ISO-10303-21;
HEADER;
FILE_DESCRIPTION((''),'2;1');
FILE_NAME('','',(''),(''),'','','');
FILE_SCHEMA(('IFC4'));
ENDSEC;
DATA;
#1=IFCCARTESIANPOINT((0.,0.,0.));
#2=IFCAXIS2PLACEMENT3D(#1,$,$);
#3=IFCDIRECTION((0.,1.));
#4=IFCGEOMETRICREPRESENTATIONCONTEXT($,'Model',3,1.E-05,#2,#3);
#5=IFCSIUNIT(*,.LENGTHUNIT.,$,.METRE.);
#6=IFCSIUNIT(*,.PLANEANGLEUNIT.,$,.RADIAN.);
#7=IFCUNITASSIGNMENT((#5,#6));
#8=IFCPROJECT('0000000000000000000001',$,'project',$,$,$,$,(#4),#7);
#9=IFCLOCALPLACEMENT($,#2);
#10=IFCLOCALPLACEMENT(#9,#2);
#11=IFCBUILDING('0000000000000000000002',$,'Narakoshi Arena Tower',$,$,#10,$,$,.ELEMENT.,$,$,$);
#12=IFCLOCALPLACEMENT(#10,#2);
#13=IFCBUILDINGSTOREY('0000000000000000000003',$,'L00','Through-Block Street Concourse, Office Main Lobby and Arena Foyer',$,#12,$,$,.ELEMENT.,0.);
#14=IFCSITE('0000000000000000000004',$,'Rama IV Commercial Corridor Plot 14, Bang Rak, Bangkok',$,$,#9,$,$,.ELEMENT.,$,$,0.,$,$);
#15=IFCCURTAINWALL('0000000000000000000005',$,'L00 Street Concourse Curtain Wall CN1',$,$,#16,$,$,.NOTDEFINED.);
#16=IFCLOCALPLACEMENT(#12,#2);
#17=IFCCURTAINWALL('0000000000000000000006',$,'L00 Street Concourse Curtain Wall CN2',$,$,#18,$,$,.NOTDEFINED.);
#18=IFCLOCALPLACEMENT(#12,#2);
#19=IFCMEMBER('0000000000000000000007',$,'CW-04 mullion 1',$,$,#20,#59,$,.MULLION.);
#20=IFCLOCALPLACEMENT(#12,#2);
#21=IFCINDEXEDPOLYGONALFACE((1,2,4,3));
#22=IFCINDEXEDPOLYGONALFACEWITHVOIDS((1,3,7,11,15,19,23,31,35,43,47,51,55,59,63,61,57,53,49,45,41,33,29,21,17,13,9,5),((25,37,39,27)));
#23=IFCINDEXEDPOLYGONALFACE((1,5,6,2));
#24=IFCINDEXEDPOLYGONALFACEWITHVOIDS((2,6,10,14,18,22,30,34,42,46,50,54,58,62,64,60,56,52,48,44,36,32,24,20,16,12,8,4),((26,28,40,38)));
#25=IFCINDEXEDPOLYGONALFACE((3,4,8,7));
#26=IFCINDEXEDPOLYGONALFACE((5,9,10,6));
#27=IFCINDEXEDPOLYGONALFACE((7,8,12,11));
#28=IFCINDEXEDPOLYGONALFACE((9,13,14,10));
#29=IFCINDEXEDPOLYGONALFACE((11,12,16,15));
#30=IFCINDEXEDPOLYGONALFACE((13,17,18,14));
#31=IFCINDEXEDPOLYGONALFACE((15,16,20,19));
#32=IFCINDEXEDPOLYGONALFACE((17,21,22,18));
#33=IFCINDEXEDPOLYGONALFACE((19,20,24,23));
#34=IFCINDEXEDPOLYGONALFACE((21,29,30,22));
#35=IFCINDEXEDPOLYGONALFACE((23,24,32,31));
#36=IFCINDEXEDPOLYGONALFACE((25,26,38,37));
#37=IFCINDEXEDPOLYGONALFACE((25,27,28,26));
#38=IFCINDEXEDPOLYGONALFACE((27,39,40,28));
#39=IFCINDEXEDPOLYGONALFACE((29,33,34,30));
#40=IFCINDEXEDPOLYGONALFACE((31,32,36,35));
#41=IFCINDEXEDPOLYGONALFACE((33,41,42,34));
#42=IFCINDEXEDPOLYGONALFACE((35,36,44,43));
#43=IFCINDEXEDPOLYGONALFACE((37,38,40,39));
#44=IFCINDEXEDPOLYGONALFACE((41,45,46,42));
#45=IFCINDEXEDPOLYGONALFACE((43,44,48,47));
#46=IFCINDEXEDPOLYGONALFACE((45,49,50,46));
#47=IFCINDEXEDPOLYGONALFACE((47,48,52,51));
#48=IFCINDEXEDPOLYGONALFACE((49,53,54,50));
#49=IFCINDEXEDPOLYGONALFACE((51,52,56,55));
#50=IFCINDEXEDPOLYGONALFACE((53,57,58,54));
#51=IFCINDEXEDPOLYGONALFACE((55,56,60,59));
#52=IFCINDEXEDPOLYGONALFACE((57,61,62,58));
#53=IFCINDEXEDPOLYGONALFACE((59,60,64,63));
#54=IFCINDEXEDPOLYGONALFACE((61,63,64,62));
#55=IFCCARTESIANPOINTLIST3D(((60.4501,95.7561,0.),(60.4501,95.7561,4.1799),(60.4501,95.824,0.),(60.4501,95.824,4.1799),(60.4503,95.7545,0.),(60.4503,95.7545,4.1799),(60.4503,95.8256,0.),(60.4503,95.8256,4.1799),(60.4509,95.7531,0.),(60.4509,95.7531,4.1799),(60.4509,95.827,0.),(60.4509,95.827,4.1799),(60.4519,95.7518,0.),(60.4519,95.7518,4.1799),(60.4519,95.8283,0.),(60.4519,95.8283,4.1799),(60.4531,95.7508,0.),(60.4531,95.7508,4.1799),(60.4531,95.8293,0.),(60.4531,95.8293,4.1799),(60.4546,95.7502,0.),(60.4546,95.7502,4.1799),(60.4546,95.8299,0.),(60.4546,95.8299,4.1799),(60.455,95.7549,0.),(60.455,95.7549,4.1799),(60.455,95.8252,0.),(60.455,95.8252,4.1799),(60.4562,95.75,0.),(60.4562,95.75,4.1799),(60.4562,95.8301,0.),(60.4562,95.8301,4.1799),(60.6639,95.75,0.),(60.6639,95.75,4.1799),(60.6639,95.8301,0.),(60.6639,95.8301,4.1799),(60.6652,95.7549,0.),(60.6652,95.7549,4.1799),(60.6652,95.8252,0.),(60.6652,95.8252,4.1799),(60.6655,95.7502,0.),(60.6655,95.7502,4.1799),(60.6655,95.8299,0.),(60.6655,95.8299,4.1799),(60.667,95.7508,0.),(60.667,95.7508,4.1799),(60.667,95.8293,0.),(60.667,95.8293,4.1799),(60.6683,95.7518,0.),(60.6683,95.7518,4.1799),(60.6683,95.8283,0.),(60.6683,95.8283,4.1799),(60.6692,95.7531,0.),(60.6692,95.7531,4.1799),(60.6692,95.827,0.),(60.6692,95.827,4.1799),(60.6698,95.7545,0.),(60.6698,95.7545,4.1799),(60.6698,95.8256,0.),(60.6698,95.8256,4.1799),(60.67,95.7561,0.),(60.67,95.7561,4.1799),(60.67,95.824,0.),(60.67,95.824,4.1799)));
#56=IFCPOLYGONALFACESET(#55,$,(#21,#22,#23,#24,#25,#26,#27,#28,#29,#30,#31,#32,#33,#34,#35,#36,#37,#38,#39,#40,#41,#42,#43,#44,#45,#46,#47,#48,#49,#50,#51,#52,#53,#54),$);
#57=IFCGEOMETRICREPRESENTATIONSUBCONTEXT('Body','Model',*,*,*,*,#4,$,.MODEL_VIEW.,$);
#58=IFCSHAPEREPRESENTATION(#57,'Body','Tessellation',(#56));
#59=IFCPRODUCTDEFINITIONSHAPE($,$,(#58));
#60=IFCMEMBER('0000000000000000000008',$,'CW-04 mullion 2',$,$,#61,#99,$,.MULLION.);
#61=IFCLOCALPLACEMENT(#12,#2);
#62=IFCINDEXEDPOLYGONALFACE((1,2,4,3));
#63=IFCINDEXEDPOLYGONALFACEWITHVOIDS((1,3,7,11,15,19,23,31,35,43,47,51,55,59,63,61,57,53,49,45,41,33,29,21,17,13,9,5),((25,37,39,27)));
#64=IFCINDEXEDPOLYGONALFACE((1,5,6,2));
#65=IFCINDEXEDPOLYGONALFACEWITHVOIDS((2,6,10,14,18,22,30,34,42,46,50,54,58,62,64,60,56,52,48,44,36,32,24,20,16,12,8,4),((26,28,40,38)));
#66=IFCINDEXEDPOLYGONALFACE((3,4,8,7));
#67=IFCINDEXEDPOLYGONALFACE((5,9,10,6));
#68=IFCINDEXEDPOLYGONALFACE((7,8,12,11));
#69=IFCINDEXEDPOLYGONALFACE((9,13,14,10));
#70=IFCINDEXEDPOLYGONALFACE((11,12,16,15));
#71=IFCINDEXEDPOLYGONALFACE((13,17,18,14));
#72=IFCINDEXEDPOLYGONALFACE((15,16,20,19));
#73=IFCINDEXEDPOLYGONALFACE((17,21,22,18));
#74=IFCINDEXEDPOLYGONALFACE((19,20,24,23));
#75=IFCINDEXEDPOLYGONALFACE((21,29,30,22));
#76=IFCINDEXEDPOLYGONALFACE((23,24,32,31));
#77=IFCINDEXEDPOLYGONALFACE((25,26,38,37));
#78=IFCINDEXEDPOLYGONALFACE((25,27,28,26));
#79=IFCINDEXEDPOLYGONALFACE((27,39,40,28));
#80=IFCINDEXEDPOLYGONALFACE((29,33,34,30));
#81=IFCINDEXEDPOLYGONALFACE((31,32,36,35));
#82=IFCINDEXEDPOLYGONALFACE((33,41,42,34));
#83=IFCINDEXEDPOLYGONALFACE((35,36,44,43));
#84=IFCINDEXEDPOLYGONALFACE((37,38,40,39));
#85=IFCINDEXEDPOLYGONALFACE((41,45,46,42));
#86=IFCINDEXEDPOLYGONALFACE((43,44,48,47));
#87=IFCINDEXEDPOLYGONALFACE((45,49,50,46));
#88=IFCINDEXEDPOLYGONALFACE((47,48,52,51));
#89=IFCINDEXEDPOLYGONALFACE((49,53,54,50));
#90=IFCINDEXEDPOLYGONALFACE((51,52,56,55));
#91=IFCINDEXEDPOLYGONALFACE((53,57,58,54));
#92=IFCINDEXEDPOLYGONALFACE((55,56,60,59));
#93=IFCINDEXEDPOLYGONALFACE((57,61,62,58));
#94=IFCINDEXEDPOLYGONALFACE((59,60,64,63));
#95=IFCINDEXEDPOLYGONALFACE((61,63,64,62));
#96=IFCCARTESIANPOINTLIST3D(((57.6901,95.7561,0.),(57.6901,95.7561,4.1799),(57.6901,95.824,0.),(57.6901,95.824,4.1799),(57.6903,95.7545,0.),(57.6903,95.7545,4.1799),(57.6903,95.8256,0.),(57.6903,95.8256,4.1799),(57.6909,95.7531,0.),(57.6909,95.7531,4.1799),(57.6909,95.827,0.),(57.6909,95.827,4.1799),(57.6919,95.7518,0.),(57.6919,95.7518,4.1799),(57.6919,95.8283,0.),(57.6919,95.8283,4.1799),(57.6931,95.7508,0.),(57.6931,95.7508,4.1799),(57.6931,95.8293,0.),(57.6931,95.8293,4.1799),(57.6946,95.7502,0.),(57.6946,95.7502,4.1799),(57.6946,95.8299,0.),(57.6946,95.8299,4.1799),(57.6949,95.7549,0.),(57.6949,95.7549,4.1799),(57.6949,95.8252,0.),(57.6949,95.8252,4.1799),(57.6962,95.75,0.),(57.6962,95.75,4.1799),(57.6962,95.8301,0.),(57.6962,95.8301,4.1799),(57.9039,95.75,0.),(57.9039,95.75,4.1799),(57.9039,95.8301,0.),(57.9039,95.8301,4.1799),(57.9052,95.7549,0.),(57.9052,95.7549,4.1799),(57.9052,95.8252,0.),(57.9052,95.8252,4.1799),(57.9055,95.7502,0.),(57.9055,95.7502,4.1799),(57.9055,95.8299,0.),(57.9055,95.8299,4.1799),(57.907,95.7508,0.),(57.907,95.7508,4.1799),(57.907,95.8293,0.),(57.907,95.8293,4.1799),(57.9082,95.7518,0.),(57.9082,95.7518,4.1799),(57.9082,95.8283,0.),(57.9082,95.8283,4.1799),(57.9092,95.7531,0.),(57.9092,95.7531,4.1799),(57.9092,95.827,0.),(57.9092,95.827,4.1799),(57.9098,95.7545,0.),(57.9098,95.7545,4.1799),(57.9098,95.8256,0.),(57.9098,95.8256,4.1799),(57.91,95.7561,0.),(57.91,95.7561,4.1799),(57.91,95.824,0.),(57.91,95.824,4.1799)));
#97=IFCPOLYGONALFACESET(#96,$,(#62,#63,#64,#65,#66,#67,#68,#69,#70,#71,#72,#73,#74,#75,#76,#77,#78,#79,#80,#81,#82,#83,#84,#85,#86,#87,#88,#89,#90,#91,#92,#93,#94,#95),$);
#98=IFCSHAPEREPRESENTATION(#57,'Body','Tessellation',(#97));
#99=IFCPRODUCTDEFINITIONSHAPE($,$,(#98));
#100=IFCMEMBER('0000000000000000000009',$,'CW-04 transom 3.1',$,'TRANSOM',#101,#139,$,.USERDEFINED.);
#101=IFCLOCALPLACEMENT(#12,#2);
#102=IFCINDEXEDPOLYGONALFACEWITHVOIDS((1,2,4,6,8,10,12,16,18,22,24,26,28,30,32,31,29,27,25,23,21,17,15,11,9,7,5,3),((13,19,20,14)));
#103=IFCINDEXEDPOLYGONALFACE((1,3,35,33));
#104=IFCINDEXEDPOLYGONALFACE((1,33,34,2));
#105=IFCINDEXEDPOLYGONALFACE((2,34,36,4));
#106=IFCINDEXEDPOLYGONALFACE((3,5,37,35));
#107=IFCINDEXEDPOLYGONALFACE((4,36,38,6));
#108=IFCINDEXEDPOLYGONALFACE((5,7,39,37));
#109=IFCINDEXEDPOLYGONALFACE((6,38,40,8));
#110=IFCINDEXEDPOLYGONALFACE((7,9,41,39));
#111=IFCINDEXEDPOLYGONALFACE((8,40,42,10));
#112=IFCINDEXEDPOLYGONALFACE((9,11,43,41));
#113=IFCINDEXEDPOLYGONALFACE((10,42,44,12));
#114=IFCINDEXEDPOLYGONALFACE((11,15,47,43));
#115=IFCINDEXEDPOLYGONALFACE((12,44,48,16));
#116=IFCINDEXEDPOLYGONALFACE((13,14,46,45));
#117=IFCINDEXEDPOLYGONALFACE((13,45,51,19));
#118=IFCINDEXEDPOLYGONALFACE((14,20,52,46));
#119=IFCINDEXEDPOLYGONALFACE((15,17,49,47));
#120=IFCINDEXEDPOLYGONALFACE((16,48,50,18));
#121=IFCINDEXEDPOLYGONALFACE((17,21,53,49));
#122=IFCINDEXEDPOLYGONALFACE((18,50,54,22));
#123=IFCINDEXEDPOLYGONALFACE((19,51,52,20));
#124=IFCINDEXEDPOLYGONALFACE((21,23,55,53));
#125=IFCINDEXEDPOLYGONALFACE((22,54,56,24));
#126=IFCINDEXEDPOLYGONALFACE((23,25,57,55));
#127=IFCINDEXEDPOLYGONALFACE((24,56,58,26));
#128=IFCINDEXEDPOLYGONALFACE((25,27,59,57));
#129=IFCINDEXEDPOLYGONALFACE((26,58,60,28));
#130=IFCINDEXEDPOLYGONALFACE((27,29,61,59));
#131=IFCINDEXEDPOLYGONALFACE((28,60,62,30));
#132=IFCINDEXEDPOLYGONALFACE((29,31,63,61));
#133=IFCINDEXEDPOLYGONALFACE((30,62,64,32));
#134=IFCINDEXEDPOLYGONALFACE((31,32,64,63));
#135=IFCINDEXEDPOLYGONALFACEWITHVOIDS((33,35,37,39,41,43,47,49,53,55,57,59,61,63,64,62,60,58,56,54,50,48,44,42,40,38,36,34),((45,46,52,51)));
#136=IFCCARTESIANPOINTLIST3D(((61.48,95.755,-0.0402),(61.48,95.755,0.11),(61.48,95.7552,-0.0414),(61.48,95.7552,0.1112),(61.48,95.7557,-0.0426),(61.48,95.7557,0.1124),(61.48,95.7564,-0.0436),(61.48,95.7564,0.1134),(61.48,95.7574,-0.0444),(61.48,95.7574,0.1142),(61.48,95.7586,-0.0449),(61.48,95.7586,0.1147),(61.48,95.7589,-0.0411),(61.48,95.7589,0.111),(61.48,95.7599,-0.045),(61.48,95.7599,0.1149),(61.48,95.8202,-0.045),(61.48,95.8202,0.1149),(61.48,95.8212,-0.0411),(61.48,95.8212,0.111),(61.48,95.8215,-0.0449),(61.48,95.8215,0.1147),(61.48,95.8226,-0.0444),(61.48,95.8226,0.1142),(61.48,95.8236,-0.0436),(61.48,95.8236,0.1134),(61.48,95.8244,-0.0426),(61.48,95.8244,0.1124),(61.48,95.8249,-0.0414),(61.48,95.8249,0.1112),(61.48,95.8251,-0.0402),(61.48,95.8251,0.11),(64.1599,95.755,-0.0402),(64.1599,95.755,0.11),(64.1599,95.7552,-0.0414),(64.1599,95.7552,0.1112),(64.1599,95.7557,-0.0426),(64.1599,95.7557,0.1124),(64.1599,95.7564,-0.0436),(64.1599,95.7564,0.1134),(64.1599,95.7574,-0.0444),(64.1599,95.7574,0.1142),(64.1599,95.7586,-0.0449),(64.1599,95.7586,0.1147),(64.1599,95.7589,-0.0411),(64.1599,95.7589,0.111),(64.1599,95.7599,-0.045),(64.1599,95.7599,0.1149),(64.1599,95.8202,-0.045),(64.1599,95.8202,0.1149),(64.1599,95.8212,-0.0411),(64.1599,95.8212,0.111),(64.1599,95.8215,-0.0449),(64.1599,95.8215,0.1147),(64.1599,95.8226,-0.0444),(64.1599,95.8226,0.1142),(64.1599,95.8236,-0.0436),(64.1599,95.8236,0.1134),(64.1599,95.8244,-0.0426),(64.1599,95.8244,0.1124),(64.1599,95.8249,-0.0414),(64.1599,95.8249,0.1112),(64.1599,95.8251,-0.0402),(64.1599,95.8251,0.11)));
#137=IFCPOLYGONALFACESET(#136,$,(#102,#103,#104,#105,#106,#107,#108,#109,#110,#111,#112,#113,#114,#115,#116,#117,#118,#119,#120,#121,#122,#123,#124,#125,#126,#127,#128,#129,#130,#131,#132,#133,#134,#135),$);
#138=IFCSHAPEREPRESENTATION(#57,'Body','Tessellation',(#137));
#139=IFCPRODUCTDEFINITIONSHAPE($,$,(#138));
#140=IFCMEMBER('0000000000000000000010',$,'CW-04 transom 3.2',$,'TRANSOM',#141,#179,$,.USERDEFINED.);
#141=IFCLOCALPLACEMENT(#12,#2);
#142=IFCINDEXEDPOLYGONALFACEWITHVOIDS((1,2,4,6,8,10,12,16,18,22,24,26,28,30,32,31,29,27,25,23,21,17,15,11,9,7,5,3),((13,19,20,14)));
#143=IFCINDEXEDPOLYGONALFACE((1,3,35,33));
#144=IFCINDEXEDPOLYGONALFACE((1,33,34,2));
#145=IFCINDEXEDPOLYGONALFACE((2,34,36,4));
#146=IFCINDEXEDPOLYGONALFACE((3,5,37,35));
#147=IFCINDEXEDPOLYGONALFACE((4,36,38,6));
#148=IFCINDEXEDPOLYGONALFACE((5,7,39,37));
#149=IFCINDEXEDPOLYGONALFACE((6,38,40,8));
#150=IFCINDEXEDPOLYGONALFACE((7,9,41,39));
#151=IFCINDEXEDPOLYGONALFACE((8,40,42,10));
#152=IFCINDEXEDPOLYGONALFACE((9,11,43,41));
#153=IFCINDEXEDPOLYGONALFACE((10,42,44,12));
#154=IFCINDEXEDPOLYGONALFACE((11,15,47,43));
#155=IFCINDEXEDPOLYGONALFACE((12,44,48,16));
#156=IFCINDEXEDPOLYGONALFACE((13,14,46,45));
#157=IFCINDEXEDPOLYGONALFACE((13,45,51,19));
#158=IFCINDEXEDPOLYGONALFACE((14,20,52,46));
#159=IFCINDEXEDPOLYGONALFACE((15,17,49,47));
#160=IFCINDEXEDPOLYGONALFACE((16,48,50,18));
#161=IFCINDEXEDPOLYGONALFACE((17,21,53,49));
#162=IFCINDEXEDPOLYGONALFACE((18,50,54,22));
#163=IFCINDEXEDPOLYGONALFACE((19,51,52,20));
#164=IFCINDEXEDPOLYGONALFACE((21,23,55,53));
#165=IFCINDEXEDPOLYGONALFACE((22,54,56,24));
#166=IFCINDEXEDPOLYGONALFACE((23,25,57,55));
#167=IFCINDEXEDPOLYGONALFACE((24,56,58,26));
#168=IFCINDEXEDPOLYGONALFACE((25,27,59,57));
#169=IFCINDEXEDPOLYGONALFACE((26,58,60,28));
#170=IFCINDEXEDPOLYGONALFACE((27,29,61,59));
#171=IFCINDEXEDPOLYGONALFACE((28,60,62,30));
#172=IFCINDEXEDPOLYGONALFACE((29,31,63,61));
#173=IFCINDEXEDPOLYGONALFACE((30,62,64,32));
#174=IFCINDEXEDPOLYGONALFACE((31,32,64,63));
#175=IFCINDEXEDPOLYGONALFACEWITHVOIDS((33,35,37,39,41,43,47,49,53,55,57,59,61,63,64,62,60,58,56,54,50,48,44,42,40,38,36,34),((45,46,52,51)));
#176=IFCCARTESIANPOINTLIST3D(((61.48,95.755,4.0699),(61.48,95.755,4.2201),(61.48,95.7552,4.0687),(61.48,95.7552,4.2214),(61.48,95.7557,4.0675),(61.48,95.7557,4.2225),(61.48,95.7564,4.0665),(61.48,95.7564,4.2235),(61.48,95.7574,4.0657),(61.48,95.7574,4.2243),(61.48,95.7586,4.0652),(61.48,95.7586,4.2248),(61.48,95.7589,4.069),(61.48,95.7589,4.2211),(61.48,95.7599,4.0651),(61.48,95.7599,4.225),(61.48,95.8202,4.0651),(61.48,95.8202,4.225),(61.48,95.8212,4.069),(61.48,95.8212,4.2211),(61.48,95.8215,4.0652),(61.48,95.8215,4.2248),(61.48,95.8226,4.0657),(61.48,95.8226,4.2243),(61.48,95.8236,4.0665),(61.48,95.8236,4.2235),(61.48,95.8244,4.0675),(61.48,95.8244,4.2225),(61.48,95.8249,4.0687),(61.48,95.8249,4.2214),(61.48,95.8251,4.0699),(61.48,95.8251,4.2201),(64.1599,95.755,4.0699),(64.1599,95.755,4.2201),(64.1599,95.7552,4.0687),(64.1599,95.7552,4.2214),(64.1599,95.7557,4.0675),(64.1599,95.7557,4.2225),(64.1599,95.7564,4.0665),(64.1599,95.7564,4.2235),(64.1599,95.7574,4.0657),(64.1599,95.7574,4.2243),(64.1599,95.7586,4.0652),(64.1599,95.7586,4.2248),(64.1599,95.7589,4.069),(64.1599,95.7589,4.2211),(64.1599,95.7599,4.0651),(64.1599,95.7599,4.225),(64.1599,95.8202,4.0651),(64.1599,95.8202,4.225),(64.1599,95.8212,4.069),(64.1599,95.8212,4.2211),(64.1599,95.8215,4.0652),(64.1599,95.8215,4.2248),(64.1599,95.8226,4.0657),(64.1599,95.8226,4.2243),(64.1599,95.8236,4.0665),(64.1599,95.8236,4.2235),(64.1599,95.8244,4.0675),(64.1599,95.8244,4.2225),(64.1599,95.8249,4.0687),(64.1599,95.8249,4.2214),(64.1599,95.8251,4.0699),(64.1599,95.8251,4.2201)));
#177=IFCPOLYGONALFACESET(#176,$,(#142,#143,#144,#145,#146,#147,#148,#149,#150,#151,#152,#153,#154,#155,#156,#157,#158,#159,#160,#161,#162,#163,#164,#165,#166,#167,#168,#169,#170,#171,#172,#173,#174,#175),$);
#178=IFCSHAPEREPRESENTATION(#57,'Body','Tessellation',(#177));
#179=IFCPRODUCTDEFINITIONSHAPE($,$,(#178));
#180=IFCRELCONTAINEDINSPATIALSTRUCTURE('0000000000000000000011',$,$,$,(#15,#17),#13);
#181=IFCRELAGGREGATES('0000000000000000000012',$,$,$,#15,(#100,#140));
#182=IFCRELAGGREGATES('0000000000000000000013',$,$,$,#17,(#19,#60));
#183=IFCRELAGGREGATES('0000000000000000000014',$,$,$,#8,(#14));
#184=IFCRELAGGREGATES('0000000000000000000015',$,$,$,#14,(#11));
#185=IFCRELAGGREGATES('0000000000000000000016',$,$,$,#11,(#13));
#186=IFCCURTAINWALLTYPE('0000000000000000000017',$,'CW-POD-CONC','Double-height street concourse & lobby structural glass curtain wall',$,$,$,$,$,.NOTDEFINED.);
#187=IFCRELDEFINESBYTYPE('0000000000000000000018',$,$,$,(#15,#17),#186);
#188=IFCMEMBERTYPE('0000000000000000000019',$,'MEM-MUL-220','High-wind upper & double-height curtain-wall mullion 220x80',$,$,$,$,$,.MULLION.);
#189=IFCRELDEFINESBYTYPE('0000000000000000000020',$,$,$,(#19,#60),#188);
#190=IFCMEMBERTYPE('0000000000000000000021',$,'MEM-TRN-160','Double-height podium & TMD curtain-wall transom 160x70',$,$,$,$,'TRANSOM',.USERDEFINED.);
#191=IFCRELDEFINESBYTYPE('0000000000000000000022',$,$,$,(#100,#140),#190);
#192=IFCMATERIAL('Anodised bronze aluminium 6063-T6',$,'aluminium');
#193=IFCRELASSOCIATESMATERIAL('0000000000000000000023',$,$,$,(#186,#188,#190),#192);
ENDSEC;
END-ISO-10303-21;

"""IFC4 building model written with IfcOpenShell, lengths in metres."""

from ifc_helpers import new_model, si_unit, direction, frame, origin, origin_2d, place, context, subcontext, project, spatial, hollow_rectangle, extrude, material, material_profile, profile_set, type_object, element, aggregate, save


model = new_model("IFC4")

# Units and contexts
model_context = context("Model", 3, precision=1e-05, world=origin(), true_north=direction((0.0, 1.0)))
body_context = subcontext(model_context, "Body", "Model", "MODEL_VIEW")
ifc_project = project(units=[si_unit("LENGTHUNIT", "METRE"), si_unit("PLANEANGLEUNIT", "RADIAN")], contexts=[model_context])

# Site, building, storey
site_placement = place(None, origin())
site = spatial("IfcSite", under=ifc_project, at=site_placement, Name="Rama IV Commercial Corridor Plot 14, Bang Rak, Bangkok", CompositionType="ELEMENT", RefElevation=0.0)
building_placement = place(site_placement, origin())
building = spatial("IfcBuilding", under=site, at=building_placement, Name="Narakoshi Arena Tower", CompositionType="ELEMENT")
storey_placement = place(building_placement, origin())
storey = spatial("IfcBuildingStorey", under=building, at=storey_placement, Name="L00", Description="Through-Block Street Concourse, Office Main Lobby and Arena Foyer", CompositionType="ELEMENT", Elevation=0.0)

# Curtain wall
ifc_material_1 = material(Name="Anodised bronze aluminium 6063-T6", Category="aluminium")
curtain_wall_type = type_object("IfcCurtainWallType", Name="CW-POD-CONC", Description="Double-height street concourse & lobby structural glass curtain wall", PredefinedType="NOTDEFINED", material=ifc_material_1)
curtain_wall_1_placement = place(storey_placement, origin())
curtain_wall_1 = element("IfcCurtainWall", 1, at=curtain_wall_1_placement, inside=storey, type_object=curtain_wall_type, Name="L00 Street Concourse Curtain Wall CN1", PredefinedType="NOTDEFINED")
ifc_material_profile_1 = material_profile(ifc_material_1, hollow_rectangle(XDim=0.0801, YDim=0.22, WallThickness=0.0049, OuterFilletRadius=0.0061, at=origin_2d()), Name="MUL220x80x5")
ifc_profile_set_1 = profile_set([ifc_material_profile_1], Name="Anodised bronze aluminium 6063-T6")
member_type_1 = type_object("IfcMemberType", Name="MEM-MUL-220", Description="High-wind upper & double-height curtain-wall mullion 220x80", PredefinedType="MULLION", material=ifc_profile_set_1)

# Curtain wall, members
curtain_wall_2_placement = place(storey_placement, origin())
curtain_wall_2 = element("IfcCurtainWall", 2, at=curtain_wall_2_placement, inside=storey, type_object=curtain_wall_type, Name="L00 Street Concourse Curtain Wall CN2", PredefinedType="NOTDEFINED")
member_1_placement = place(storey_placement, frame((60.5601, 95.79, 0.0), z_axis=(0.0, 0.0, 1.0), x_axis=(0.0, -1.0, 0.0)))
member_1 = element("IfcMember", 3, at=member_1_placement, type_object=member_type_1, Name="CW-04 mullion 1", PredefinedType="MULLION", context=body_context, shape_type="SweptSolid", body=[
    extrude(hollow_rectangle(XDim=0.0801, YDim=0.22, WallThickness=0.0049, OuterFilletRadius=0.0061, at=origin_2d()), origin(), (0.0, 0.0, 1.0), 4.1799),
])
member_2_placement = place(storey_placement, frame((57.8, 95.79, 0.0), z_axis=(0.0, 0.0, 1.0), x_axis=(0.0, -1.0, 0.0)))
member_2 = element("IfcMember", 4, at=member_2_placement, type_object=member_type_1, Name="CW-04 mullion 2", PredefinedType="MULLION", context=body_context, shape_type="SweptSolid", body=[
    extrude(hollow_rectangle(XDim=0.0801, YDim=0.22, WallThickness=0.0049, OuterFilletRadius=0.0061, at=origin_2d()), origin(), (0.0, 0.0, 1.0), 4.1799),
])

# Members
ifc_material_profile_2 = material_profile(ifc_material_1, hollow_rectangle(XDim=0.0701, YDim=0.1599, WallThickness=0.0039, OuterFilletRadius=0.0049, at=origin_2d()), Name="TRN160x70x4")
ifc_profile_set_2 = profile_set([ifc_material_profile_2], Name="Anodised bronze aluminium 6063-T6")
member_type_2 = type_object("IfcMemberType", Name="MEM-TRN-160", Description="Double-height podium & TMD curtain-wall transom 160x70", ElementType="TRANSOM", PredefinedType="USERDEFINED", material=ifc_profile_set_2)
member_3_placement = place(storey_placement, frame((64.1599, 95.79, 0.0349), z_axis=(-1.0, 0.0, 0.0), x_axis=(0.0, -1.0, 0.0)))
member_3 = element("IfcMember", 5, at=member_3_placement, type_object=member_type_2, Name="CW-04 transom 3.1", ObjectType="TRANSOM", PredefinedType="USERDEFINED", context=body_context, shape_type="SweptSolid", body=[
    extrude(hollow_rectangle(XDim=0.0701, YDim=0.1599, WallThickness=0.0039, OuterFilletRadius=0.0049, at=origin_2d()), origin(), (0.0, 0.0, 1.0), 2.6799),
])
member_4_placement = place(storey_placement, frame((64.1599, 95.79, 4.145), z_axis=(-1.0, 0.0, 0.0), x_axis=(0.0, -1.0, 0.0)))
member_4 = element("IfcMember", 6, at=member_4_placement, type_object=member_type_2, Name="CW-04 transom 3.2", ObjectType="TRANSOM", PredefinedType="USERDEFINED", context=body_context, shape_type="SweptSolid", body=[
    extrude(hollow_rectangle(XDim=0.0701, YDim=0.1599, WallThickness=0.0039, OuterFilletRadius=0.0049, at=origin_2d()), origin(), (0.0, 0.0, 1.0), 2.6799),
])

aggregate(curtain_wall_1, [member_3, member_4])
aggregate(curtain_wall_2, [member_1, member_2])

save(model, "model.ifc")
